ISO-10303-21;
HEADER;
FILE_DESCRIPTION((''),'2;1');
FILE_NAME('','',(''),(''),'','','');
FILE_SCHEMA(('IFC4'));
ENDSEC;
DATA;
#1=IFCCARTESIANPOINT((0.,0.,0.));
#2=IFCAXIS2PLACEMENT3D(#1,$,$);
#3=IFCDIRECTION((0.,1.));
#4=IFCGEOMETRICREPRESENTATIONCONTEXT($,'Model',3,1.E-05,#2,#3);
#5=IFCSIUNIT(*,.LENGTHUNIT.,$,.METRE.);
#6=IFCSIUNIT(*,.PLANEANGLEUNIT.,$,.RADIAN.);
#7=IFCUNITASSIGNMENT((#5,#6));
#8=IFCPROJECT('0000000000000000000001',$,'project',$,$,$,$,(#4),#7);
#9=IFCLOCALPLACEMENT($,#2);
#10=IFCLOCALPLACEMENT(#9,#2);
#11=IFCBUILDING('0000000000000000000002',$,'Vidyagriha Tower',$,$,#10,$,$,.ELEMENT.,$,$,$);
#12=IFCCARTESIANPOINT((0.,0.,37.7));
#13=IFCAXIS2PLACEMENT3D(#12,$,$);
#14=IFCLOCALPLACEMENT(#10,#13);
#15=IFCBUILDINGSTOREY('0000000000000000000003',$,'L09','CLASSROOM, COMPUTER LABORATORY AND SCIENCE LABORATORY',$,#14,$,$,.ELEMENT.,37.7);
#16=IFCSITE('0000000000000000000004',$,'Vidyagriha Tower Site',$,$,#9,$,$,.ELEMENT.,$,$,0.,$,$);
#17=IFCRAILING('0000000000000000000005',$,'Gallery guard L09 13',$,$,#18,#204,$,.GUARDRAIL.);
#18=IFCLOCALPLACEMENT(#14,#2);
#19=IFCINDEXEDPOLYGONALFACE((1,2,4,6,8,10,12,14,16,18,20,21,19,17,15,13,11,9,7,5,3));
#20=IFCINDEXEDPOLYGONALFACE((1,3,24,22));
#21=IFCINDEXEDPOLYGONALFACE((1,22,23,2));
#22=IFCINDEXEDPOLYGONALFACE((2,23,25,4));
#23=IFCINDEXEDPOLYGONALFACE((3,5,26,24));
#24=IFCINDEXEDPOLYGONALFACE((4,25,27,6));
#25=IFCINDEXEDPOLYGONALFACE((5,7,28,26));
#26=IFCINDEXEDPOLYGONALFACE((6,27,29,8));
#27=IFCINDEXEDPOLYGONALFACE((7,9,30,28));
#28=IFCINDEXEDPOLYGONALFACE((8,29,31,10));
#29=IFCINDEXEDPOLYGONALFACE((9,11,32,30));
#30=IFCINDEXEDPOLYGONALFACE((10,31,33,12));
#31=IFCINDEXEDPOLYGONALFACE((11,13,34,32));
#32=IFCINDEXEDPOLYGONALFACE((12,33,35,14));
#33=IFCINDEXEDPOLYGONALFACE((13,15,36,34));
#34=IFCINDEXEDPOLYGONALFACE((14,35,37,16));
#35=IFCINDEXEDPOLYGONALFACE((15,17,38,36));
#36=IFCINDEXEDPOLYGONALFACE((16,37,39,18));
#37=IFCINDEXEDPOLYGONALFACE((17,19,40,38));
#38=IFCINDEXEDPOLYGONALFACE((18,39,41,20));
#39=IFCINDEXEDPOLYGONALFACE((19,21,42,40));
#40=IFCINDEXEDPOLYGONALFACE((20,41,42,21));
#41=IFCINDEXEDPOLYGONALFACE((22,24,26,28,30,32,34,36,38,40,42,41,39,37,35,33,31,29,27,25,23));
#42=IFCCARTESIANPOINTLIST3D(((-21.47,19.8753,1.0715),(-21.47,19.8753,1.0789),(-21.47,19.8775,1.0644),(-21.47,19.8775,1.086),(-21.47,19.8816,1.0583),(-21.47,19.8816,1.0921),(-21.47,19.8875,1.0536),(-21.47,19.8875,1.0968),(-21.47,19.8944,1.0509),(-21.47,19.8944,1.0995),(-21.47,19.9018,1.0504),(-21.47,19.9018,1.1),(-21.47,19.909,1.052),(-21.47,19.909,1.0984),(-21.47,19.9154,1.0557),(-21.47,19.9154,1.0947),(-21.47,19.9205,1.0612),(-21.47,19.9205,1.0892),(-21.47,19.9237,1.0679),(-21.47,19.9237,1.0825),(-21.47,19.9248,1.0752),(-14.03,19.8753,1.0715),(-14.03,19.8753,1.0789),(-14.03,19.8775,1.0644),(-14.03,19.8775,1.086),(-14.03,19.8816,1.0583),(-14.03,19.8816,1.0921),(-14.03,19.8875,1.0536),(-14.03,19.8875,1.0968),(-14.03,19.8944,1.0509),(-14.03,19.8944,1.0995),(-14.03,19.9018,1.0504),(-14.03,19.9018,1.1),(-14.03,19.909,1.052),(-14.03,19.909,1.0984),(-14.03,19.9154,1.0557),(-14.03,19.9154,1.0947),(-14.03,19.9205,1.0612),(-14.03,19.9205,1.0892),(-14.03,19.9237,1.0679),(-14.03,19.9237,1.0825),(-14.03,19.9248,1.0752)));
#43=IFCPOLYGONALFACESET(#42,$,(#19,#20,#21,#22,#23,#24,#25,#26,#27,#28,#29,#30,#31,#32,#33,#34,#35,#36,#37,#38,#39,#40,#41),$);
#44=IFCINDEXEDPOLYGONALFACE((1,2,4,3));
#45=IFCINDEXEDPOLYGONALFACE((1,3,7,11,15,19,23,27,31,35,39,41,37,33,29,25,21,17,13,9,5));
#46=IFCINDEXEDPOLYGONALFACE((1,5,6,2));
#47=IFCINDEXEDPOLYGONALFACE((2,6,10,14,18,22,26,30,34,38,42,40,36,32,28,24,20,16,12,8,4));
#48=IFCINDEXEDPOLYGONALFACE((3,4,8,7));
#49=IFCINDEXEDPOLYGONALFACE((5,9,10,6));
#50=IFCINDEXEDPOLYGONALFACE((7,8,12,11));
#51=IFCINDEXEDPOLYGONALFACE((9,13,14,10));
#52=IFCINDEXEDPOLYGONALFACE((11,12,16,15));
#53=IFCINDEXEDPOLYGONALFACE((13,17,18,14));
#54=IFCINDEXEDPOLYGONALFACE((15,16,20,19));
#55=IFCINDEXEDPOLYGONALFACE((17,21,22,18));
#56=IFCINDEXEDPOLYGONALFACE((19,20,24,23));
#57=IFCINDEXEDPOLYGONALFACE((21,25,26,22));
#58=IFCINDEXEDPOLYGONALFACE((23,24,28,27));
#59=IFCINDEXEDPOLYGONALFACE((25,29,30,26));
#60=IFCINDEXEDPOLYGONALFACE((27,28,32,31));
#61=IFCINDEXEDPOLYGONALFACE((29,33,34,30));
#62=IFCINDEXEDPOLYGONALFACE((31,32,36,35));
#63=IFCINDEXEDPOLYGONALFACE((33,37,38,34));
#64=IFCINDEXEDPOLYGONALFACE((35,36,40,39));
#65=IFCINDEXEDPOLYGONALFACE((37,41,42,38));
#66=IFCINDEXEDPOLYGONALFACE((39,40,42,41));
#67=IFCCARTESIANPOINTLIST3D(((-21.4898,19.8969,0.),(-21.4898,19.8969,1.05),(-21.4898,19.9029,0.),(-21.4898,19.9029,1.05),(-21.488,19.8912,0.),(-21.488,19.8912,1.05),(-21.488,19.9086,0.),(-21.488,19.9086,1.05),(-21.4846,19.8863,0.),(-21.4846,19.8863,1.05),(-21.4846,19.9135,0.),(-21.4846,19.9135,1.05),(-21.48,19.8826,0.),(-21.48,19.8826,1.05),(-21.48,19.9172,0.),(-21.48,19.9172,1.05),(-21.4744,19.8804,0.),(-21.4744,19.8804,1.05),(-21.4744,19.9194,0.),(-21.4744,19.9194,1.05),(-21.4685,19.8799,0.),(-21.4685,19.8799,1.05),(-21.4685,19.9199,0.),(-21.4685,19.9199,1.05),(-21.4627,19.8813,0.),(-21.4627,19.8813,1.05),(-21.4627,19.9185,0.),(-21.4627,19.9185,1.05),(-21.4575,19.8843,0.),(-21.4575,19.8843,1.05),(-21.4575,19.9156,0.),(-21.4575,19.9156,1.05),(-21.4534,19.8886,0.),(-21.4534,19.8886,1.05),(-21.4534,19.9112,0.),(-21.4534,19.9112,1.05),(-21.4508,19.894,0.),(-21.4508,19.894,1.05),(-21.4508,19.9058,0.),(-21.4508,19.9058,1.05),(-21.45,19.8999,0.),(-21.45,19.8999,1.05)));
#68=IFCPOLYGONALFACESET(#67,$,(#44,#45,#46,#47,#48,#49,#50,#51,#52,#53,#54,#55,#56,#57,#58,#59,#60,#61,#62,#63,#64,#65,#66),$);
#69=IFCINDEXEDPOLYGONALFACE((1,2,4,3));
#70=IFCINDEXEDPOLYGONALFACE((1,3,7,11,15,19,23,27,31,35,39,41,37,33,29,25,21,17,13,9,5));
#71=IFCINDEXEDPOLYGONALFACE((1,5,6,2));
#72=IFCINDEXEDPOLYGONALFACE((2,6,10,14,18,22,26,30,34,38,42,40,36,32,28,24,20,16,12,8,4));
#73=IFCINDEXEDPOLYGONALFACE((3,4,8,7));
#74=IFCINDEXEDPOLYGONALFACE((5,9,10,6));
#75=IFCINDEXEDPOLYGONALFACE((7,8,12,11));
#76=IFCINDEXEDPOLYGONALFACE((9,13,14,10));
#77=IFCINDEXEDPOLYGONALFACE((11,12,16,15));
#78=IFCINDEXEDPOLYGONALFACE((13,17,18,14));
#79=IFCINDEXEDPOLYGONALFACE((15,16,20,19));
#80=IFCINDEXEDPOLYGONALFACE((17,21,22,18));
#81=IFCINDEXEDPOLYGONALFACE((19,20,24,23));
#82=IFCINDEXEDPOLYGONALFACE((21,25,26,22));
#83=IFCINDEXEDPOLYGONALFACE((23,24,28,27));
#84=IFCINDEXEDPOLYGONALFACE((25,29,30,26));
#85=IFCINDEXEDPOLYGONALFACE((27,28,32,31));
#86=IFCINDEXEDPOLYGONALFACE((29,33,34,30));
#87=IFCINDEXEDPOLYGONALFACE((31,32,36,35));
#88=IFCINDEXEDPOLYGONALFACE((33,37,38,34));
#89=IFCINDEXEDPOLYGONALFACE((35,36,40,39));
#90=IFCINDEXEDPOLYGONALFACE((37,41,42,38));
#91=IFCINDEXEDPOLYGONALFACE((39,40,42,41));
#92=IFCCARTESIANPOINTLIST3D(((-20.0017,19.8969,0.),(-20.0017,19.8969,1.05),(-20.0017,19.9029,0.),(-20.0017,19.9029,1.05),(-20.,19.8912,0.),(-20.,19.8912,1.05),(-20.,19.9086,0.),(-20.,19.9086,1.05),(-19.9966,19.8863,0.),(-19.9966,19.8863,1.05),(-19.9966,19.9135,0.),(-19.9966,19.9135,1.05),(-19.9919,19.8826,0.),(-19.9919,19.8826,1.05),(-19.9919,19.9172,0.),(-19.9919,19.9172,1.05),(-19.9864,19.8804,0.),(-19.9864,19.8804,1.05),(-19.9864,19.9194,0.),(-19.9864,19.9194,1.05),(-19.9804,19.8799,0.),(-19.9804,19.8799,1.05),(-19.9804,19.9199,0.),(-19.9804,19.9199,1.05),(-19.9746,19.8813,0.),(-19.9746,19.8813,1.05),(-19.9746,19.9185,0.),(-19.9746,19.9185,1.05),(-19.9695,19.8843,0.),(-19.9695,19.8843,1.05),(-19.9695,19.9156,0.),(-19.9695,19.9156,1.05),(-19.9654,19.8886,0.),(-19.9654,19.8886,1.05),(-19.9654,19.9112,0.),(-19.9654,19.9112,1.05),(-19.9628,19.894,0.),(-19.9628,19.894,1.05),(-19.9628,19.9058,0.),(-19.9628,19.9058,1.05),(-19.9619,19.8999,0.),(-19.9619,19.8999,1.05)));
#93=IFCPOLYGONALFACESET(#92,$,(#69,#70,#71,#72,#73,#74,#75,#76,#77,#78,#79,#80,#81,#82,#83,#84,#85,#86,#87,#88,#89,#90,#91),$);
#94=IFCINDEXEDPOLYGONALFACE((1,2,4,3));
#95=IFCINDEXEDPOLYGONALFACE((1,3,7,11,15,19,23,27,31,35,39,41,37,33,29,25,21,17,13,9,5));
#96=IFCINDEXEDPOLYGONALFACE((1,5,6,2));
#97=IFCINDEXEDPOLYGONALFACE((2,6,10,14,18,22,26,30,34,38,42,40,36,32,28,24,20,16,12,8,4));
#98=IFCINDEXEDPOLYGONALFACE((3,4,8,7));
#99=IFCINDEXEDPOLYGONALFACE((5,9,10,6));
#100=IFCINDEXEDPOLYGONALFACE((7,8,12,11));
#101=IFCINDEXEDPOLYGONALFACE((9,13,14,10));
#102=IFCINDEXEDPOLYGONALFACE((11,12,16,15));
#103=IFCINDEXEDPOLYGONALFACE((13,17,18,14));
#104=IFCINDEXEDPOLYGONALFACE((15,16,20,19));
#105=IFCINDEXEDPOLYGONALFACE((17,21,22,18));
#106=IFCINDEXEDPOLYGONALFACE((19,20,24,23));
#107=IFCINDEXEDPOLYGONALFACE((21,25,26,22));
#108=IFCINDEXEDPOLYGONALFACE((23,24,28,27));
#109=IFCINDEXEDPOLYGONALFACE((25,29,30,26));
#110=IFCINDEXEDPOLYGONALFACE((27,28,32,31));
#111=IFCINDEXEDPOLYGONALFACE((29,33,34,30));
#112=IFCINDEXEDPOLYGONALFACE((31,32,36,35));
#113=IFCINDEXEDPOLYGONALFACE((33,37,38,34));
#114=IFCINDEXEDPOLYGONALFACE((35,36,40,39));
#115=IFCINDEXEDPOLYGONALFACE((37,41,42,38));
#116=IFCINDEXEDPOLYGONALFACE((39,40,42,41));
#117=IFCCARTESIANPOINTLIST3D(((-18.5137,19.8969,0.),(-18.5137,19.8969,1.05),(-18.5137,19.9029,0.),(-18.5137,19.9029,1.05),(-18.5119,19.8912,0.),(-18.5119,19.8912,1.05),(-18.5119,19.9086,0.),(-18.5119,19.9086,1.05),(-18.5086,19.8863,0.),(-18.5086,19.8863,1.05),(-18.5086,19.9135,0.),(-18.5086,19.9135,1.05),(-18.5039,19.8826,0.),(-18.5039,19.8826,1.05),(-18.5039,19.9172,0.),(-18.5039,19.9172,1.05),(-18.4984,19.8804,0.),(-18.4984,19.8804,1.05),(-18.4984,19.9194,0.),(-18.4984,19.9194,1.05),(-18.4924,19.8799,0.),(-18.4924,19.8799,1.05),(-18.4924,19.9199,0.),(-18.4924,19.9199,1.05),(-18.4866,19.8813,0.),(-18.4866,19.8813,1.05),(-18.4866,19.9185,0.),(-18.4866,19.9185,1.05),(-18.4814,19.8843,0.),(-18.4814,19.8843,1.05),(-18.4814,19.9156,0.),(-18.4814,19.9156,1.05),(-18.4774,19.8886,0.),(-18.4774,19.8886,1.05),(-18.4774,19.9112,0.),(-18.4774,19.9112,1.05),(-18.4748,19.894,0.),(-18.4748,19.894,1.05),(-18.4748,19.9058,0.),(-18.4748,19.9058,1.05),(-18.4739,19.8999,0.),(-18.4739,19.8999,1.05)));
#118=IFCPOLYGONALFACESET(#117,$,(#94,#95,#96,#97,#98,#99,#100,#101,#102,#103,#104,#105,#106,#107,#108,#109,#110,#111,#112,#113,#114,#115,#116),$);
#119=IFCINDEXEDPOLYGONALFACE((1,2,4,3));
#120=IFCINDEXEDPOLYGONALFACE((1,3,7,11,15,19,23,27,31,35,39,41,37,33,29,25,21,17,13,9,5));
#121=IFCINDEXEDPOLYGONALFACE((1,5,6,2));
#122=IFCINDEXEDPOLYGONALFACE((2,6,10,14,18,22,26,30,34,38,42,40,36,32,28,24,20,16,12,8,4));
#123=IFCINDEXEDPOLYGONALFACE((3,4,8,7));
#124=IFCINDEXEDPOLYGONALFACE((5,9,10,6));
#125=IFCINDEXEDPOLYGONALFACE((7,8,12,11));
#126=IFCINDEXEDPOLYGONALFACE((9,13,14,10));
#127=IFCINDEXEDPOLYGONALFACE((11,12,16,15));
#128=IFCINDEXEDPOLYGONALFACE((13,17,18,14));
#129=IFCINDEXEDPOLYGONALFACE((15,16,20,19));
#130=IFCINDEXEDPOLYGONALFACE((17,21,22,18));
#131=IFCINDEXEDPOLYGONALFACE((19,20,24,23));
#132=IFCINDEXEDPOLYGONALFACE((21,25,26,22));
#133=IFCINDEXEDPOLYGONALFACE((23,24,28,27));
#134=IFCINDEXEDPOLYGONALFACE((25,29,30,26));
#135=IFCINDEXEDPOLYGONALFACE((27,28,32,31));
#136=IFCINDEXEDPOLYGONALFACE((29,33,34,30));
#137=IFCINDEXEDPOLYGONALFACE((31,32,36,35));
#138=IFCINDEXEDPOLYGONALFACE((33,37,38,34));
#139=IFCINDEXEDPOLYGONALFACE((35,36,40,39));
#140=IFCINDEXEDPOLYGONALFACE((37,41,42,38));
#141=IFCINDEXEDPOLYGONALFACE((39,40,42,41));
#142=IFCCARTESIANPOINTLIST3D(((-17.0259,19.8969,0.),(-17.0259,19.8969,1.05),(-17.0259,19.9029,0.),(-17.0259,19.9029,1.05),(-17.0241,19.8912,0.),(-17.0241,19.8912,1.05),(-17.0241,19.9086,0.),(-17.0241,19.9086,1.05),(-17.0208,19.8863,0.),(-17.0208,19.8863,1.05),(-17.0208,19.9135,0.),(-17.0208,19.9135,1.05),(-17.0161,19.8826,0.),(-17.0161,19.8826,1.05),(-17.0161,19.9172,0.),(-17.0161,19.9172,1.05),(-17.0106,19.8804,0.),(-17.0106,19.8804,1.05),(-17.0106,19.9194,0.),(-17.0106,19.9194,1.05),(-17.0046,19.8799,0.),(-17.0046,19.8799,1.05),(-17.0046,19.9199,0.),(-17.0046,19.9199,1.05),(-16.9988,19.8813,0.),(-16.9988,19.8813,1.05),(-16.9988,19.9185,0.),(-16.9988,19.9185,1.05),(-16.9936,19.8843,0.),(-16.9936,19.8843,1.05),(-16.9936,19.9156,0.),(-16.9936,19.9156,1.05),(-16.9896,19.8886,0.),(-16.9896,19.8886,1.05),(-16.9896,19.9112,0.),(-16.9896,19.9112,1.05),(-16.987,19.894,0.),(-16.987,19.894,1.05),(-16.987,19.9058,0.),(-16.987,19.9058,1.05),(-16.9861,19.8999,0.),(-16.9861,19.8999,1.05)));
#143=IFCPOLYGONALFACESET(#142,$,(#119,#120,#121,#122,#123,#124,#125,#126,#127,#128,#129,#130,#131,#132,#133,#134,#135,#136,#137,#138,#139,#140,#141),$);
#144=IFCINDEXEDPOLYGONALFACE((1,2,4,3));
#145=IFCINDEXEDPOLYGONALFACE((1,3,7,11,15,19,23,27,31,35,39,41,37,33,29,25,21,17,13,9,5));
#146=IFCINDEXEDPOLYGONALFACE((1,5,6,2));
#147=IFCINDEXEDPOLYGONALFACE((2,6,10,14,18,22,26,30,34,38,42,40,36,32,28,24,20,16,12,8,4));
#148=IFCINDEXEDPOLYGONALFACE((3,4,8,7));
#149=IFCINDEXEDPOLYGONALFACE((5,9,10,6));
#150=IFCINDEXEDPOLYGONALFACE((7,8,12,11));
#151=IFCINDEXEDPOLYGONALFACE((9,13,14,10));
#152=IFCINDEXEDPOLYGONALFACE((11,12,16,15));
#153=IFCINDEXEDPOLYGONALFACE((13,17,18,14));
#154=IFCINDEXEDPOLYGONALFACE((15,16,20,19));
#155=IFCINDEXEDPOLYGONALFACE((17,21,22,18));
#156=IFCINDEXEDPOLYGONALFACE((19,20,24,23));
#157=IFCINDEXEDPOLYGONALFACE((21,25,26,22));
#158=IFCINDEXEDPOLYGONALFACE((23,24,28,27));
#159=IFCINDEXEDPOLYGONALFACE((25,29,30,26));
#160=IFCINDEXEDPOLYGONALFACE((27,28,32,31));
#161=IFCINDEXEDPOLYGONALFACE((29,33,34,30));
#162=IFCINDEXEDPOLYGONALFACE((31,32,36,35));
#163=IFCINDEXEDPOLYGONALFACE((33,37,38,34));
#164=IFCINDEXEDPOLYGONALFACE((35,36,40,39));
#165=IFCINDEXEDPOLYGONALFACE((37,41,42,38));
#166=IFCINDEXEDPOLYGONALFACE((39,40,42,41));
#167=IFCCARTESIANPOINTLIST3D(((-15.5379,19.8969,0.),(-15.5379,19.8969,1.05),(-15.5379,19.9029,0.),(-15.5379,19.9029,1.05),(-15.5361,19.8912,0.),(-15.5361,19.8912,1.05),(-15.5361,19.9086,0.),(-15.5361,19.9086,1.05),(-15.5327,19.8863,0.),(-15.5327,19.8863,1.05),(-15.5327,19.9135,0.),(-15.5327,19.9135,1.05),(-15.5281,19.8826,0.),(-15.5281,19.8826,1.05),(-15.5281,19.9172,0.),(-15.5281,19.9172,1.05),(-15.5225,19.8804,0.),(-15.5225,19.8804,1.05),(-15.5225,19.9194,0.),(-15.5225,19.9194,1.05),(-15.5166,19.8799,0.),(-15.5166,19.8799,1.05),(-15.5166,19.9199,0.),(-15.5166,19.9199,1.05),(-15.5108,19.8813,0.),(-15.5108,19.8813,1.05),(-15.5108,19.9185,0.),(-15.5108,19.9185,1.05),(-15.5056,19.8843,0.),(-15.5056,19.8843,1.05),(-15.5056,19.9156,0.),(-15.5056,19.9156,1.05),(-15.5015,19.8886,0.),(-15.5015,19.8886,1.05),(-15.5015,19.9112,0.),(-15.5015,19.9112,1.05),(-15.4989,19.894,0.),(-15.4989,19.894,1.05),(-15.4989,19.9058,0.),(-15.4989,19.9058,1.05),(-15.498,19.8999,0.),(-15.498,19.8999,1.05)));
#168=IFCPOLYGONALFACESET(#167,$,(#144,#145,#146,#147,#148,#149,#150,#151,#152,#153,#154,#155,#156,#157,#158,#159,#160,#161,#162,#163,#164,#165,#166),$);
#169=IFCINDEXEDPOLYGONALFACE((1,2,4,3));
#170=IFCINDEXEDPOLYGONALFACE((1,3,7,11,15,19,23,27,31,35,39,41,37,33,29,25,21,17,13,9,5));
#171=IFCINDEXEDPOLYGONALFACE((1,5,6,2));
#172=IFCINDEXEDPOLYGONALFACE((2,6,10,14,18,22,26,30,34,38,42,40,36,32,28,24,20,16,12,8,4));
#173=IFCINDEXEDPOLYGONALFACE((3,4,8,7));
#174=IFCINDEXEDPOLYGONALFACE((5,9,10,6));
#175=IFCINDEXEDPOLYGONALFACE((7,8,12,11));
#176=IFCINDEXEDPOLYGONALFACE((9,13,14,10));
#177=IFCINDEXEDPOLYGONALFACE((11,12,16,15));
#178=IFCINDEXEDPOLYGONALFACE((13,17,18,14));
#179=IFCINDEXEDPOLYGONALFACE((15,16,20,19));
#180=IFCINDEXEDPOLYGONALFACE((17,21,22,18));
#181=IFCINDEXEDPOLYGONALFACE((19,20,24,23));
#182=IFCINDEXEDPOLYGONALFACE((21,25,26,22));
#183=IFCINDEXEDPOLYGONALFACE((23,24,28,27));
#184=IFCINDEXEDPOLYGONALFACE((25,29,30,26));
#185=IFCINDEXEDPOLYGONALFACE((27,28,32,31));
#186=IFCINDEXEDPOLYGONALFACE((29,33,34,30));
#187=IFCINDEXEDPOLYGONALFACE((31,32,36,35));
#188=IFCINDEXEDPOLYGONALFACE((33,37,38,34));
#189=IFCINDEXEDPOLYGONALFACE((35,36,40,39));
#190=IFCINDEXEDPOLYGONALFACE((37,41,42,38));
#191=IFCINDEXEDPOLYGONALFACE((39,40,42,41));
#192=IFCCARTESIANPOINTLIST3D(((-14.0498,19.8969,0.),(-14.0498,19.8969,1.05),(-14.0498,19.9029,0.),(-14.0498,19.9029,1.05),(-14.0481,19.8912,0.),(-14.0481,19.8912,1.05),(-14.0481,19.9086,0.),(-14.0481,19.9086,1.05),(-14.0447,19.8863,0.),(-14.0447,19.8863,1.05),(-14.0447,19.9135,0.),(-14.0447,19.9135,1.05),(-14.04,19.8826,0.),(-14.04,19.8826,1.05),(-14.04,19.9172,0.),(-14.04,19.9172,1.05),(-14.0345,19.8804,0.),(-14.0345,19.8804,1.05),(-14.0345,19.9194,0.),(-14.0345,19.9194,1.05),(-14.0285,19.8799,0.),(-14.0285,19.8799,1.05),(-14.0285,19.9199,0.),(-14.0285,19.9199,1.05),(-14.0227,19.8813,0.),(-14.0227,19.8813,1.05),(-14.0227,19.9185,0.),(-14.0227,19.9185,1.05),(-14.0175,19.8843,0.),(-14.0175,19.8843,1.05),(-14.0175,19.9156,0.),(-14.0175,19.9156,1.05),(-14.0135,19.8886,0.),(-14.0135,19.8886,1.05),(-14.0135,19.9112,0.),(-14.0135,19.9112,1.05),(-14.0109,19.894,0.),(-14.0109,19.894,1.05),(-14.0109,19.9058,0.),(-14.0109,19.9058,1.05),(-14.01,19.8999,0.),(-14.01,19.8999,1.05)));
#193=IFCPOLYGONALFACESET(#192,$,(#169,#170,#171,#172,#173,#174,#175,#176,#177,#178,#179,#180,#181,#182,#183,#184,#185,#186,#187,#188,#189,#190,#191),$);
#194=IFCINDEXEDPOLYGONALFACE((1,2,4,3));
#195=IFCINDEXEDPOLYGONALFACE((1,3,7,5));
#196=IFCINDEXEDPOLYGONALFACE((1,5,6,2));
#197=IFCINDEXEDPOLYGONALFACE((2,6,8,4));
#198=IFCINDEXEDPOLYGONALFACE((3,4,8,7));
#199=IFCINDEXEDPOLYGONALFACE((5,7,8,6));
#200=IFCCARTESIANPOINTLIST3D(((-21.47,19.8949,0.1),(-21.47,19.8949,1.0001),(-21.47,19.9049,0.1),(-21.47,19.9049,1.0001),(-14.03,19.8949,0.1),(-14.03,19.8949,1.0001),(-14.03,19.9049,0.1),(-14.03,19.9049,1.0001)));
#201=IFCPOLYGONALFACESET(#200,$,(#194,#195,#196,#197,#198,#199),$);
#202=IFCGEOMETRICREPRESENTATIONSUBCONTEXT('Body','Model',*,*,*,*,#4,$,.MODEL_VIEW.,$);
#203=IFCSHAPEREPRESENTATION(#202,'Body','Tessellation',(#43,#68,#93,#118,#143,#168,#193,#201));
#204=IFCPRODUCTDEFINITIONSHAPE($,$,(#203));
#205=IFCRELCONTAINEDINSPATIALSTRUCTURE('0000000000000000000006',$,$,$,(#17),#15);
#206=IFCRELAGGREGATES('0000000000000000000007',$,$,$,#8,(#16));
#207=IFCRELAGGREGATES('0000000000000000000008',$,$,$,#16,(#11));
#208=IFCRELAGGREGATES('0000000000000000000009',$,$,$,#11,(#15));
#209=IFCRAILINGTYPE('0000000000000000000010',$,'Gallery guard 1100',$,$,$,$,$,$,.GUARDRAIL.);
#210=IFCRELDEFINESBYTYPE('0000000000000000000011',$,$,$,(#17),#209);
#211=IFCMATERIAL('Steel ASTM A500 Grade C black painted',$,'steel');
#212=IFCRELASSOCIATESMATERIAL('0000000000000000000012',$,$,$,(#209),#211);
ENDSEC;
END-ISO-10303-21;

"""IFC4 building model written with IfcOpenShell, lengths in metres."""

from ifc_helpers import new_model, si_unit, direction, frame, origin, origin_2d, place, context, subcontext, project, spatial, rectangle, circle, extrude, material, type_object, element, save


model = new_model("IFC4")

# Units and contexts
model_context = context("Model", 3, precision=1e-05, world=origin(), true_north=direction((0.0, 1.0)))
body_context = subcontext(model_context, "Body", "Model", "MODEL_VIEW")
ifc_project = project(units=[si_unit("LENGTHUNIT", "METRE"), si_unit("PLANEANGLEUNIT", "RADIAN")], contexts=[model_context])

# Site, building, storey
site_placement = place(None, origin())
site = spatial("IfcSite", under=ifc_project, at=site_placement, Name="Vidyagriha Tower Site", CompositionType="ELEMENT", RefElevation=0.0)
building_placement = place(site_placement, origin())
building = spatial("IfcBuilding", under=site, at=building_placement, Name="Vidyagriha Tower", CompositionType="ELEMENT")
storey_placement = place(building_placement, frame((0.0, 0.0, 37.7)))
storey = spatial("IfcBuildingStorey", under=building, at=storey_placement, Name="L09", Description="CLASSROOM, COMPUTER LABORATORY AND SCIENCE LABORATORY", CompositionType="ELEMENT", Elevation=37.7)

# Railing
ifc_material_1 = material(Name="Steel ASTM A500 Grade C black painted", Category="steel")
railing_type = type_object("IfcRailingType", Name="Gallery guard 1100", PredefinedType="GUARDRAIL", material=ifc_material_1)
railing_placement = place(storey_placement, frame((-21.47, 19.8999, 0.0)))
element("IfcRailing", 1, at=railing_placement, inside=storey, type_object=railing_type, Name="Gallery guard L09 13", PredefinedType="GUARDRAIL", context=body_context, shape_type="SweptSolid", body=[
    extrude(circle(Radius=0.0249, at=origin_2d()), frame((0.0, 0.0, 1.0752), z_axis=(1.0, 0.0, 0.0), x_axis=(0.0, 1.0, 0.0)), (0.0, 0.0, 1.0), 7.4399),
    extrude(circle(Radius=0.02, at=origin_2d()), origin(), (0.0, 0.0, 1.0), 1.05),
    extrude(circle(Radius=0.02, at=origin_2d()), frame((1.488, 0.0, 0.0)), (0.0, 0.0, 1.0), 1.05),
    extrude(circle(Radius=0.02, at=origin_2d()), frame((2.9761, 0.0, 0.0)), (0.0, 0.0, 1.0), 1.05),
    extrude(circle(Radius=0.02, at=origin_2d()), frame((4.4639, 0.0, 0.0)), (0.0, 0.0, 1.0), 1.05),
    extrude(circle(Radius=0.02, at=origin_2d()), frame((5.9519, 0.0, 0.0)), (0.0, 0.0, 1.0), 1.05),
    extrude(circle(Radius=0.02, at=origin_2d()), frame((7.4399, 0.0, 0.0)), (0.0, 0.0, 1.0), 1.05),
    extrude(rectangle(XDim=0.01, YDim=0.9001, at=origin_2d()), frame((0.0, 0.0, 0.55), z_axis=(1.0, 0.0, 0.0), x_axis=(0.0, 1.0, 0.0)), (0.0, 0.0, 1.0), 7.4399),
])

save(model, "model.ifc")
